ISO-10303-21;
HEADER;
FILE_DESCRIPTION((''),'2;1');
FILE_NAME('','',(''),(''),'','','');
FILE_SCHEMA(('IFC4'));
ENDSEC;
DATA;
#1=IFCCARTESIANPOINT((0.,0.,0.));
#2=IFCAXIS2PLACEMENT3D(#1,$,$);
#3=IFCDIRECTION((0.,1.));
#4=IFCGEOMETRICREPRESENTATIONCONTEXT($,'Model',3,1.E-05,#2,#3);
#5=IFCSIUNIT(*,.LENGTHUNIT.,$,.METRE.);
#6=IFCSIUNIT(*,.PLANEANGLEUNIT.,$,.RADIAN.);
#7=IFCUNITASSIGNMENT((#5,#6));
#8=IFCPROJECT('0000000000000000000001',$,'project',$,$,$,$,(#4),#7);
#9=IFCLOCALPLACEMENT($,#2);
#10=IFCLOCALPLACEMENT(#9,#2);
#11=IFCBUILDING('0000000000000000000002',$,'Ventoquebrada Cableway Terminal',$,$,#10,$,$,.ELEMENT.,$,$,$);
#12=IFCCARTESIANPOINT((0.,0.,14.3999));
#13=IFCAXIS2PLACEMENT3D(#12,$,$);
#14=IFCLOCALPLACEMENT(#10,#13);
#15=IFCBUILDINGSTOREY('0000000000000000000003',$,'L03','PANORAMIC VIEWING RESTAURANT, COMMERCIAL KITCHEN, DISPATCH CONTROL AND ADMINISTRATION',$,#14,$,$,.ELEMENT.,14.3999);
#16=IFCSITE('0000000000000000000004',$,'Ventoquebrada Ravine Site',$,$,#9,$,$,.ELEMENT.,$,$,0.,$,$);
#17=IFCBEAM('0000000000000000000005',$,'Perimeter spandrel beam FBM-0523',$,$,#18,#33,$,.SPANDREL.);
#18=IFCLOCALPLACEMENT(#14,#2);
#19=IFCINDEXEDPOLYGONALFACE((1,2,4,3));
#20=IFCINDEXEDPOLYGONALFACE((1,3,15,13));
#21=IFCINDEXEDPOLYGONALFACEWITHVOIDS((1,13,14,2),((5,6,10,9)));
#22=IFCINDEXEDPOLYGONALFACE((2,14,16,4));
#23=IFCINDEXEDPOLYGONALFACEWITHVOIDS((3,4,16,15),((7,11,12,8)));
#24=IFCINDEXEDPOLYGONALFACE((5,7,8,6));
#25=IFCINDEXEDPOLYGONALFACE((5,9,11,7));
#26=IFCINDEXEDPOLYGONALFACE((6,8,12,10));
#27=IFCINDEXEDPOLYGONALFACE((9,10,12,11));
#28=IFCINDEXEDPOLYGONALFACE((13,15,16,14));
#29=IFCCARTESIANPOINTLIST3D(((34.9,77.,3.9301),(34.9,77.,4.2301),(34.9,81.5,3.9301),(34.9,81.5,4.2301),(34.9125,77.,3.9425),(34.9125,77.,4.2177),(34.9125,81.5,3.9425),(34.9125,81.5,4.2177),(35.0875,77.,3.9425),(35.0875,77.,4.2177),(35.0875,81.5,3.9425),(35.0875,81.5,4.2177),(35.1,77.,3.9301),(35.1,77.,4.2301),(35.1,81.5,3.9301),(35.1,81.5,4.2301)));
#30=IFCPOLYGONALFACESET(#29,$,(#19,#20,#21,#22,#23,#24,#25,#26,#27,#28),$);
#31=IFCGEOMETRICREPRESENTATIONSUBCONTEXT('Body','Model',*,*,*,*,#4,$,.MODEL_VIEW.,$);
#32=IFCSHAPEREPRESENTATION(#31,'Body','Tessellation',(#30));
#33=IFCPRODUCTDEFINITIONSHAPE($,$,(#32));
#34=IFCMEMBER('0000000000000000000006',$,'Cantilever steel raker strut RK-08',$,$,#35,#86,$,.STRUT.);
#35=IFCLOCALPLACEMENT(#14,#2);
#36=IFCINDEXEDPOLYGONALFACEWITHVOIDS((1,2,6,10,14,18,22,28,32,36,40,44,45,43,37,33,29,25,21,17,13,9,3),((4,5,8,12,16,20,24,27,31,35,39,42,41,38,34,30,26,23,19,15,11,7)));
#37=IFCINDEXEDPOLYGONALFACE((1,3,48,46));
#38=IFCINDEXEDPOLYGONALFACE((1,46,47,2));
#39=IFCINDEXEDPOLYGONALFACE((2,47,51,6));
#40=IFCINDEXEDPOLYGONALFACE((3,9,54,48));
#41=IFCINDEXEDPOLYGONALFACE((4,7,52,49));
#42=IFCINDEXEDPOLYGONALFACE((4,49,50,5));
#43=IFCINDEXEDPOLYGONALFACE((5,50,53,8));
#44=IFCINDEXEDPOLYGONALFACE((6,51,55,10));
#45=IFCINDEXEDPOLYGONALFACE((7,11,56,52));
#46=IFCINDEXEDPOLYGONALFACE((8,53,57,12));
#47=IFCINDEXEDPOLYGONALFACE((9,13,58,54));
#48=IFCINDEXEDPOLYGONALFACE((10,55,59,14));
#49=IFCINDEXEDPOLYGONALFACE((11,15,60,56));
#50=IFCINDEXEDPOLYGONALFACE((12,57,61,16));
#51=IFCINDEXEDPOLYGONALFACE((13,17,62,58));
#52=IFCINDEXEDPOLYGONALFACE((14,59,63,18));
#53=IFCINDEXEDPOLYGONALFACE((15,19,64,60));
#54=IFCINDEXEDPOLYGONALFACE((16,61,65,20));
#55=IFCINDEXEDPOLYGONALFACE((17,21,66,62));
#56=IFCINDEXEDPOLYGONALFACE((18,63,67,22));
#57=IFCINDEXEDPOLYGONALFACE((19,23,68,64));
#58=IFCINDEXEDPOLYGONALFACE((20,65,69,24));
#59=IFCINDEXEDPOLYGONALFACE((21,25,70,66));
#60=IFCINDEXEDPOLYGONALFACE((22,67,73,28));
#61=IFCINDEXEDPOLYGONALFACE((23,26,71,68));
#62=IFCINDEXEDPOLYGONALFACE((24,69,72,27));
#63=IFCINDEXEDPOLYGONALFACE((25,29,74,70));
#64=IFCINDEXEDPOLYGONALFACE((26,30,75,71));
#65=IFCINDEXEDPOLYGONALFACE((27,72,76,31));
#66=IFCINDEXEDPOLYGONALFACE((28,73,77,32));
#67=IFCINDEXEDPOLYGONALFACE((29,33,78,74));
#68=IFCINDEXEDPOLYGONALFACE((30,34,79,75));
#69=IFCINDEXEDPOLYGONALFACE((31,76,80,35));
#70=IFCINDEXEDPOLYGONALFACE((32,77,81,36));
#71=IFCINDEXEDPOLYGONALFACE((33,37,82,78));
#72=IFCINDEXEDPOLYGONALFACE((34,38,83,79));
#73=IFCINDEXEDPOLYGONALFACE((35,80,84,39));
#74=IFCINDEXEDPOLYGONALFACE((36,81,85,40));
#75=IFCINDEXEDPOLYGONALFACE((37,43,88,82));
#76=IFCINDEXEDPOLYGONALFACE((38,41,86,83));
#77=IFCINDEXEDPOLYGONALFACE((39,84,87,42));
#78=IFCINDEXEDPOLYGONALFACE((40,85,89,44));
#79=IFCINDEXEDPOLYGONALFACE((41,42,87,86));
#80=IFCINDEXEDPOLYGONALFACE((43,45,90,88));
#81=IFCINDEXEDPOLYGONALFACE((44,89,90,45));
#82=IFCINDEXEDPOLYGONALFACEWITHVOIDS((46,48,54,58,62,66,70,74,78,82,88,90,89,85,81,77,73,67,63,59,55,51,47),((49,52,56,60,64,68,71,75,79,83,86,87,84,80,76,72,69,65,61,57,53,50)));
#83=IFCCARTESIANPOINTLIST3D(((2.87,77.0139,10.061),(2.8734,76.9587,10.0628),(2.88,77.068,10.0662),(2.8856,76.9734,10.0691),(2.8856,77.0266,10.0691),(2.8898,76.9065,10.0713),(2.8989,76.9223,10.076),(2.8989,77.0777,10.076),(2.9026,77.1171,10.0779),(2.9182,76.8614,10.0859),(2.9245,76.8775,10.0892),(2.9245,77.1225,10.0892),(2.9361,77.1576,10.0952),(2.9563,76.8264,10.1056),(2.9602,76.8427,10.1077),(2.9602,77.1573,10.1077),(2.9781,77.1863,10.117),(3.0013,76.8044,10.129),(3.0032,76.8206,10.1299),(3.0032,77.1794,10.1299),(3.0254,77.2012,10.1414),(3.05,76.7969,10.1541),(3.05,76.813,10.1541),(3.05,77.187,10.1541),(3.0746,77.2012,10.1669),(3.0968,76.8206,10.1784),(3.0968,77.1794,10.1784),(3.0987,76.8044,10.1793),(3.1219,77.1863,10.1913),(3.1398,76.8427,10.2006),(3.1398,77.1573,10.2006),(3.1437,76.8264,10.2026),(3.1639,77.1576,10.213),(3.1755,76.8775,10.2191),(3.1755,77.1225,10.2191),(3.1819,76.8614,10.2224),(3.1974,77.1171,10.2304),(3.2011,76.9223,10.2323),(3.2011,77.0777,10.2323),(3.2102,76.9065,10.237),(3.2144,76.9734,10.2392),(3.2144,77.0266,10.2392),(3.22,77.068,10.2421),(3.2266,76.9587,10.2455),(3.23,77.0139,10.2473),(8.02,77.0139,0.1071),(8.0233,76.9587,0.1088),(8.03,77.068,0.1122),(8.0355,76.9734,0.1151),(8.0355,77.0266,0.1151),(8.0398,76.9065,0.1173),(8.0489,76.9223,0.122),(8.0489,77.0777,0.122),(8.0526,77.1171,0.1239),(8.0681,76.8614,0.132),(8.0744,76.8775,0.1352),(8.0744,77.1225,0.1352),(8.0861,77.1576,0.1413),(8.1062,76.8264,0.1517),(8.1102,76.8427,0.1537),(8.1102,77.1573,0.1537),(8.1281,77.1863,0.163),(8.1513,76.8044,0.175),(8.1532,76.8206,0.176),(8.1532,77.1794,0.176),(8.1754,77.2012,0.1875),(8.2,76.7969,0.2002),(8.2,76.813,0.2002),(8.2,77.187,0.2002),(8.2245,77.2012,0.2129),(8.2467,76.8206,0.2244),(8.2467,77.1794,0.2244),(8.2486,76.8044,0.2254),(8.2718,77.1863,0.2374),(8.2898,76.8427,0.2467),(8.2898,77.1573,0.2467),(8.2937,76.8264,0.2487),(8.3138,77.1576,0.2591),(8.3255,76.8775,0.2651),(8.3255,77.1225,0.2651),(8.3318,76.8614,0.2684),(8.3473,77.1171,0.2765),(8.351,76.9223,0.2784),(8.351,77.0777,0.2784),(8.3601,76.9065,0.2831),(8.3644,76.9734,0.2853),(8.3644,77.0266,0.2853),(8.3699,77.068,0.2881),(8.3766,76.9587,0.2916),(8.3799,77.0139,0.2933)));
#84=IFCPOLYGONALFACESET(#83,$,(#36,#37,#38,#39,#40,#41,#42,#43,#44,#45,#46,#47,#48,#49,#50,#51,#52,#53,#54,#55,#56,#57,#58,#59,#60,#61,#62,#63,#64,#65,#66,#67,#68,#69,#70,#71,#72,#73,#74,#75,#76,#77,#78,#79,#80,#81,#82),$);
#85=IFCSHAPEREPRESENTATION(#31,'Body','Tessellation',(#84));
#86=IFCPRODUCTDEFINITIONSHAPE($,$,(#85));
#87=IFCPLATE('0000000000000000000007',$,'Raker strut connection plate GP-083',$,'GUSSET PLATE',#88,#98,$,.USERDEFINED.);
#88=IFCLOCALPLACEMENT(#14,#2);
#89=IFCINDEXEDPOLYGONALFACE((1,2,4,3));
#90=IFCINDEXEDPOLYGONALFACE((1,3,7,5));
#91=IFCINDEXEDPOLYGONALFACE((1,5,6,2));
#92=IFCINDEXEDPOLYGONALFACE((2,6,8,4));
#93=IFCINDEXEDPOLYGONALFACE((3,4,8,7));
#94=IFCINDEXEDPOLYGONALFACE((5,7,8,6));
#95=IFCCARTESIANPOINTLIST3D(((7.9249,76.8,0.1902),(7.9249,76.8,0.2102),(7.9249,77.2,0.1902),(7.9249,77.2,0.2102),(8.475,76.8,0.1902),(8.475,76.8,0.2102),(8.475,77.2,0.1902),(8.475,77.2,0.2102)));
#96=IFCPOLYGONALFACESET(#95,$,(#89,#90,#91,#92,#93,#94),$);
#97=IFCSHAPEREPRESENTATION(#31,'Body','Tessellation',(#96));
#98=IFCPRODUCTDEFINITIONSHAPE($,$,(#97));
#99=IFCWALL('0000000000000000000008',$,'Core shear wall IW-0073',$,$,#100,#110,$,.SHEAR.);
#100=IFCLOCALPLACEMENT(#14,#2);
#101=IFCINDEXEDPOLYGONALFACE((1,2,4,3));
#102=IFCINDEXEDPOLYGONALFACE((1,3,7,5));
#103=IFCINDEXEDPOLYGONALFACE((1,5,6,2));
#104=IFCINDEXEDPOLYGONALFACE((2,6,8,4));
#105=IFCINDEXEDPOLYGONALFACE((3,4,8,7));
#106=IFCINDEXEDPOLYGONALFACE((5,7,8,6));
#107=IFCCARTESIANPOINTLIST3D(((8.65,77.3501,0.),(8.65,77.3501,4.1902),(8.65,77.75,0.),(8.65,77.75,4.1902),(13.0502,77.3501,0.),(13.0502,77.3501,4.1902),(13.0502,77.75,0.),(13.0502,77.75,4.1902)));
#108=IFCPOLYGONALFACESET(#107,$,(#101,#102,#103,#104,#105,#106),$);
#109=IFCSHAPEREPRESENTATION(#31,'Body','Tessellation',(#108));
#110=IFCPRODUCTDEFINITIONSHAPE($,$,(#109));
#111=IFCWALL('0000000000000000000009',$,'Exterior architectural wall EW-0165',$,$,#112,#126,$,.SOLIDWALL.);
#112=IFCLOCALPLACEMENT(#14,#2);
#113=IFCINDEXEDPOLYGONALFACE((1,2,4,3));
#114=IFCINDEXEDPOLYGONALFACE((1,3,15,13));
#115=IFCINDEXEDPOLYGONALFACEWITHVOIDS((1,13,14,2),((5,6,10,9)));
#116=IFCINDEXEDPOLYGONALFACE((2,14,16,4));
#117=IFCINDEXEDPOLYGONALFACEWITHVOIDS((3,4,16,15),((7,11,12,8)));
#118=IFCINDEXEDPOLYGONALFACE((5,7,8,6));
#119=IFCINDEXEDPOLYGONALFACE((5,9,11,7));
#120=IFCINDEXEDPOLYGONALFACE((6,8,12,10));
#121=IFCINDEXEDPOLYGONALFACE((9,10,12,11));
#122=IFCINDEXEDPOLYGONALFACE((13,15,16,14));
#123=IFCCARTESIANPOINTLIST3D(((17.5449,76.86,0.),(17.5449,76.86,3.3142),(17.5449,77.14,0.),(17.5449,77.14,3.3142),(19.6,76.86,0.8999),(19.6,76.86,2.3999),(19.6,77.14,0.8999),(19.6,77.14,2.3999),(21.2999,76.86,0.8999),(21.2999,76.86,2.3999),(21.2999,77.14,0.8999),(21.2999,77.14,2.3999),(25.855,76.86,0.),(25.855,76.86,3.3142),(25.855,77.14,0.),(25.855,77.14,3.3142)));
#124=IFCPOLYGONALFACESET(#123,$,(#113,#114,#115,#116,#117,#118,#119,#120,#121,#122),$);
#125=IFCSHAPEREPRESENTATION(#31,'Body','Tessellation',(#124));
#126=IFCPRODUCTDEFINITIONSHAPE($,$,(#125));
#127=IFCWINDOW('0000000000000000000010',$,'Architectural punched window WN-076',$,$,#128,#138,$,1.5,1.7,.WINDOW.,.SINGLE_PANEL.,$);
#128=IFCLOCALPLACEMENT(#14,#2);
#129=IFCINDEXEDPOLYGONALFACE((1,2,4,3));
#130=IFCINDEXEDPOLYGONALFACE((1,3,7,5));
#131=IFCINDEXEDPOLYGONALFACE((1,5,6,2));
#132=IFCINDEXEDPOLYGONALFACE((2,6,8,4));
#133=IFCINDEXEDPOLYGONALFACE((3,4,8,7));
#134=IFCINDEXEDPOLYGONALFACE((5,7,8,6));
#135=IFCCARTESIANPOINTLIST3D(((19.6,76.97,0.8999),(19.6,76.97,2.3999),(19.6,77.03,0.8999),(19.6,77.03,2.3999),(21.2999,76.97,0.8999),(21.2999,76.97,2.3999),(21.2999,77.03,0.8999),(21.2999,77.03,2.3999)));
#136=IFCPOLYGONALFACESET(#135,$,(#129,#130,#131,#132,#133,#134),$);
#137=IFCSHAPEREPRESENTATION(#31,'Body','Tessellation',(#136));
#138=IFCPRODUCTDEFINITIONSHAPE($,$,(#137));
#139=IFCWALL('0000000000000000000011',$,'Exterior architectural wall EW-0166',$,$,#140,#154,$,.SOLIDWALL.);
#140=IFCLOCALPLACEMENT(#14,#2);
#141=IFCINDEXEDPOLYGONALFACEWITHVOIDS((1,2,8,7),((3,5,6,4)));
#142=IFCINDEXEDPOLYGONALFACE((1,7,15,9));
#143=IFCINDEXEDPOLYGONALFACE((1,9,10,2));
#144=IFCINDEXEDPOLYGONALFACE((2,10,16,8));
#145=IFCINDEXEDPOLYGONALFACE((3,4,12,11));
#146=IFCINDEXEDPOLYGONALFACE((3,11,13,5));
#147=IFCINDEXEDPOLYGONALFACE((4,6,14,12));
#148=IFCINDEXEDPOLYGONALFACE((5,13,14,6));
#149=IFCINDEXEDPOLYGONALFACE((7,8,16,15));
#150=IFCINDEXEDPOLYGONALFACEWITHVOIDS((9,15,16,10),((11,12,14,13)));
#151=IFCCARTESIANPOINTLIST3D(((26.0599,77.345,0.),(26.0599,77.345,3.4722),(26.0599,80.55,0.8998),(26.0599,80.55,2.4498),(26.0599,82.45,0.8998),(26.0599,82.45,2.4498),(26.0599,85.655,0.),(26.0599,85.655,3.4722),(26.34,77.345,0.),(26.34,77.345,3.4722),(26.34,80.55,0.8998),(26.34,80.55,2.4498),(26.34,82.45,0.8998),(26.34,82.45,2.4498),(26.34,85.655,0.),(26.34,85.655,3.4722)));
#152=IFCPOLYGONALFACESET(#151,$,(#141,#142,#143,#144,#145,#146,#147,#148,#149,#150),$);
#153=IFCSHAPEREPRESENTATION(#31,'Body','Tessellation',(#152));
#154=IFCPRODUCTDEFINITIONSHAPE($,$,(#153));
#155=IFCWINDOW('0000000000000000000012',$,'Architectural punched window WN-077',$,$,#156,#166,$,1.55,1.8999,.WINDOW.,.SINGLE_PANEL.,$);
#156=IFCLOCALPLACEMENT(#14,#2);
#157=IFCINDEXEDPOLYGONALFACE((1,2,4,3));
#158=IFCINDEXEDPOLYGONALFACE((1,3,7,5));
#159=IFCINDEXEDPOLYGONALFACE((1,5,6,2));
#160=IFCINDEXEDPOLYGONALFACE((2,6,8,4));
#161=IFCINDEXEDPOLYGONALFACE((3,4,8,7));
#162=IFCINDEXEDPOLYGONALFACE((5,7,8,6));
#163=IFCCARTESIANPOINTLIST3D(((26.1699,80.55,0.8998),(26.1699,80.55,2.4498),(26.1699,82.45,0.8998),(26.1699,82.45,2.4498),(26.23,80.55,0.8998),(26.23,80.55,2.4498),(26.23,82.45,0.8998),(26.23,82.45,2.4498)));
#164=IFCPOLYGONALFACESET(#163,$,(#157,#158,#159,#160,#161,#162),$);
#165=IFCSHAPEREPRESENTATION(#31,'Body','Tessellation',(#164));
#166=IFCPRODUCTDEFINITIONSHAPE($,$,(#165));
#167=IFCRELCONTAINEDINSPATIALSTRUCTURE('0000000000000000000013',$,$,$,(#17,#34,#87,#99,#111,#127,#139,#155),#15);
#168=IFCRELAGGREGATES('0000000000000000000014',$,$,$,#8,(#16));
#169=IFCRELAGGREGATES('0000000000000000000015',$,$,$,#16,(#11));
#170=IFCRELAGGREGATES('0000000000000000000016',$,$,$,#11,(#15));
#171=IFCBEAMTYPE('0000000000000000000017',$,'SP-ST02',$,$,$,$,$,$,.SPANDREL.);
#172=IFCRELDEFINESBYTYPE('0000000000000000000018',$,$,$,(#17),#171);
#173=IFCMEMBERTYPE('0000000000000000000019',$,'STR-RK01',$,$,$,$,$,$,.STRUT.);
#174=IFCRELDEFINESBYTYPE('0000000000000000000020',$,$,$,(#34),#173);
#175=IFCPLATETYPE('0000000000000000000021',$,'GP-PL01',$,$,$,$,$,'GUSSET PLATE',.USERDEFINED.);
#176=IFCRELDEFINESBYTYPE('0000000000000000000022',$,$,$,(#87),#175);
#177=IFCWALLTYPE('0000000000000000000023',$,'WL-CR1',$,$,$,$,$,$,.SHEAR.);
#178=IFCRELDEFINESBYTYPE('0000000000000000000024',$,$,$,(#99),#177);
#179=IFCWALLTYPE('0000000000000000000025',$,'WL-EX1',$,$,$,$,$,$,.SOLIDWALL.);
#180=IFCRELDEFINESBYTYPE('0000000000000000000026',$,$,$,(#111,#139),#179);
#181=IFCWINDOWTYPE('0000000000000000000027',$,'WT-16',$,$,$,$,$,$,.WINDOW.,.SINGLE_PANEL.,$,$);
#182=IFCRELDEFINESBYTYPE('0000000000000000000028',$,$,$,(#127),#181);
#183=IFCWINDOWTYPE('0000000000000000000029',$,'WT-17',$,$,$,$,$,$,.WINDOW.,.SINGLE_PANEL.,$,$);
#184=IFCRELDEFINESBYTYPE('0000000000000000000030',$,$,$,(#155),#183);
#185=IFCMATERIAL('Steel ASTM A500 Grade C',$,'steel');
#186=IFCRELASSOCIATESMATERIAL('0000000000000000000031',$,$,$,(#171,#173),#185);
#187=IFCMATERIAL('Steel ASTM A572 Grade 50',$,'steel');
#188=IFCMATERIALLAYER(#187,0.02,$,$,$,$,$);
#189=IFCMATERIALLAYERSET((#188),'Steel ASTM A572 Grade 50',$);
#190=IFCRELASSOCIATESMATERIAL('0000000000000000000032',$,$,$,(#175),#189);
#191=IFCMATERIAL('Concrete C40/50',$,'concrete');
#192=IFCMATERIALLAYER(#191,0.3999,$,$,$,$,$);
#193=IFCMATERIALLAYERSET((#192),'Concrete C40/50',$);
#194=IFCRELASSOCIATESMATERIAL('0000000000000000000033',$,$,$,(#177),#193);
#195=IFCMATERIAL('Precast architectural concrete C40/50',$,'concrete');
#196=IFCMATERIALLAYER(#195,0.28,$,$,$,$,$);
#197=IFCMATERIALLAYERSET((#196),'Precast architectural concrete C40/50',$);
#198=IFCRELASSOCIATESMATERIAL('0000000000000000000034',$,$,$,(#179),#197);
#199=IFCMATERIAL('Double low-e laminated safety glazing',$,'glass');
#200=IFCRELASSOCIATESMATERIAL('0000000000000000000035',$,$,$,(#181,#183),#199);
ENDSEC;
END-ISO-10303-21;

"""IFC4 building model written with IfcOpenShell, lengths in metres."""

from ifc_helpers import new_model, si_unit, direction, frame, frame_2d, origin, origin_2d, place, context, subcontext, project, spatial, rectangle, hollow_rectangle, hollow_circle, extrude, material, layer, layer_set, material_profile, profile_set, type_object, element, fill, save


model = new_model("IFC4")

# Units and contexts
model_context = context("Model", 3, precision=1e-05, world=origin(), true_north=direction((0.0, 1.0)))
body_context = subcontext(model_context, "Body", "Model", "MODEL_VIEW")
ifc_project = project(units=[si_unit("LENGTHUNIT", "METRE"), si_unit("PLANEANGLEUNIT", "RADIAN")], contexts=[model_context])

# Site, building, storey
site_placement = place(None, origin())
site = spatial("IfcSite", under=ifc_project, at=site_placement, Name="Ventoquebrada Ravine Site", CompositionType="ELEMENT", RefElevation=0.0)
building_placement = place(site_placement, origin())
building = spatial("IfcBuilding", under=site, at=building_placement, Name="Ventoquebrada Cableway Terminal", CompositionType="ELEMENT")
storey_placement = place(building_placement, frame((0.0, 0.0, 14.3999)))
storey = spatial("IfcBuildingStorey", under=building, at=storey_placement, Name="L03", Description="PANORAMIC VIEWING RESTAURANT, COMMERCIAL KITCHEN, DISPATCH CONTROL AND ADMINISTRATION", CompositionType="ELEMENT", Elevation=14.3999)

# Shared definitions
ifc_material_1 = material(Name="Concrete C40/50", Category="concrete")

# Beam
ifc_material_2 = material(Name="Steel ASTM A500 Grade C", Category="steel")
ifc_material_profile_1 = material_profile(ifc_material_2, hollow_rectangle(XDim=0.2, YDim=0.3, WallThickness=0.0125, at=origin_2d()), Name="RHS300X200X12.5")
ifc_profile_set_1 = profile_set([ifc_material_profile_1], Name="Steel ASTM A500 Grade C")
beam_type_1 = type_object("IfcBeamType", Name="SP-ST02", PredefinedType="SPANDREL", material=ifc_profile_set_1)
for number, where, z_axis, x_axis, name in (
    (1, (35.0, 77.0, 4.0801), (0.0, 1.0, 0.0), (-1.0, 0.0, 0.0), "Perimeter spandrel beam FBM-0523"),
):
    element("IfcBeam", number, at=place(storey_placement, frame(where, z_axis=z_axis, x_axis=x_axis)), inside=storey, type_object=beam_type_1, Name=name, PredefinedType="SPANDREL", context=body_context, shape_type="SweptSolid", body=[
        extrude(hollow_rectangle(XDim=0.2, YDim=0.3, WallThickness=0.0125, at=origin_2d()), origin(), (0.0, 0.0, 1.0), 4.5),
    ])

# Member
ifc_material_profile_2 = material_profile(ifc_material_2, hollow_circle(Radius=0.2031, WallThickness=0.0161, at=origin_2d()), Name="CHS406.4X16")
ifc_profile_set_2 = profile_set([ifc_material_profile_2], Name="Steel ASTM A500 Grade C")
member_type_1 = type_object("IfcMemberType", Name="STR-RK01", PredefinedType="STRUT", material=ifc_profile_set_2)
member_1_placement = place(storey_placement, frame((8.2, 77.0, 0.2002), z_axis=(-0.459518, 0.0, 0.888168), x_axis=(0.0, -1.0, 0.0)))
element("IfcMember", 2, at=member_1_placement, inside=storey, type_object=member_type_1, Name="Cantilever steel raker strut RK-08", PredefinedType="STRUT", context=body_context, shape_type="SweptSolid", body=[
    extrude(hollow_circle(Radius=0.2031, WallThickness=0.0161, at=origin_2d()), origin(), (0.0, 0.0, 1.0), 11.2073),
])

# Plate
ifc_material_3 = material(Name="Steel ASTM A572 Grade 50", Category="steel")
ifc_layer_1 = layer(ifc_material_3, 0.02)
ifc_layer_set_1 = layer_set([ifc_layer_1], Name="Steel ASTM A572 Grade 50")
plate_type = type_object("IfcPlateType", Name="GP-PL01", ElementType="GUSSET PLATE", PredefinedType="USERDEFINED", material=ifc_layer_set_1)
plate_placement = place(storey_placement, frame((8.2, 77.0, 0.1902), z_axis=(0.0, 0.0, 1.0), x_axis=(1.0, 0.0, 0.0)))
element("IfcPlate", 3, at=plate_placement, inside=storey, type_object=plate_type, Name="Raker strut connection plate GP-083", ObjectType="GUSSET PLATE", PredefinedType="USERDEFINED", context=body_context, shape_type="SweptSolid", body=[
    extrude(rectangle(XDim=0.55, YDim=0.3999, at=origin_2d()), origin(), (0.0, 0.0, 1.0), 0.02),
])

# Wall
ifc_layer_2 = layer(ifc_material_1, 0.3999)
ifc_layer_set_2 = layer_set([ifc_layer_2], Name="Concrete C40/50")
wall_type_1 = type_object("IfcWallType", Name="WL-CR1", PredefinedType="SHEAR", material=ifc_layer_set_2)
wall_1_placement = place(storey_placement, frame((8.6499, 77.55, 0.0), z_axis=(0.0, 0.0, 1.0), x_axis=(1.0, 0.0, 0.0)))
element("IfcWall", 4, at=wall_1_placement, inside=storey, type_object=wall_type_1, Name="Core shear wall IW-0073", PredefinedType="SHEAR", context=body_context, shape_type="SweptSolid", body=[
    extrude(rectangle(XDim=4.4001, YDim=0.3999, at=frame_2d((2.2002, 0.0))), origin(), (0.0, 0.0, 1.0), 4.1902),
])

# Walls, openings, windows
ifc_material_4 = material(Name="Precast architectural concrete C40/50", Category="concrete")
ifc_layer_3 = layer(ifc_material_4, 0.28)
ifc_layer_set_3 = layer_set([ifc_layer_3], Name="Precast architectural concrete C40/50")
wall_type_2 = type_object("IfcWallType", Name="WL-EX1", PredefinedType="SOLIDWALL", material=ifc_layer_set_3)
wall_2_placement = place(storey_placement, frame((17.5449, 77.0, 0.0), z_axis=(0.0, 0.0, 1.0), x_axis=(1.0, 0.0, 0.0)))
wall_2 = element("IfcWall", 5, at=wall_2_placement, inside=storey, type_object=wall_type_2, Name="Exterior architectural wall EW-0165", PredefinedType="SOLIDWALL", context=body_context, shape_type="SweptSolid", body=[
    extrude(rectangle(XDim=8.3101, YDim=0.28, at=frame_2d((4.155, 0.0))), origin(), (0.0, 0.0, 1.0), 3.3142),
])
opening_1_placement = place(wall_2_placement, frame((2.0549, 0.0, 0.8999)))
opening_1 = element("IfcOpeningElement", 6, at=opening_1_placement, cuts=wall_2, PredefinedType="OPENING", context=body_context, shape_type="SweptSolid", body=[
    extrude(rectangle(XDim=1.7, YDim=1.5, at=frame_2d((0.8501, 0.75))), frame((0.0, 0.1499, 0.0), z_axis=(0.0, -1.0, 0.0), x_axis=(1.0, 0.0, 0.0)), (0.0, 0.0, 1.0), 0.3),
])
ifc_material_5 = material(Name="Double low-e laminated safety glazing", Category="glass")
window_type_1 = type_object("IfcWindowType", Name="WT-16", PartitioningType="SINGLE_PANEL", PredefinedType="WINDOW", material=ifc_material_5)
window_1_placement = place(opening_1_placement, origin())
window_1 = element("IfcWindow", 7, at=window_1_placement, inside=storey, type_object=window_type_1, Name="Architectural punched window WN-076", OverallHeight=1.5, OverallWidth=1.7, PartitioningType="SINGLE_PANEL", PredefinedType="WINDOW", context=body_context, shape_type="SweptSolid", body=[
    extrude(rectangle(XDim=1.7, YDim=1.5, at=frame_2d((0.8501, 0.75))), frame((0.0, 0.03, 0.0), z_axis=(0.0, -1.0, 0.0), x_axis=(1.0, 0.0, 0.0)), (0.0, 0.0, 1.0), 0.0601),
])
fill(opening_1, window_1)
wall_3_placement = place(storey_placement, frame((26.2, 77.345, 0.0), z_axis=(0.0, 0.0, 1.0), x_axis=(0.0, 1.0, 0.0)))
wall_3 = element("IfcWall", 8, at=wall_3_placement, inside=storey, type_object=wall_type_2, Name="Exterior architectural wall EW-0166", PredefinedType="SOLIDWALL", context=body_context, shape_type="SweptSolid", body=[
    extrude(rectangle(XDim=8.3101, YDim=0.28, at=frame_2d((4.155, 0.0))), origin(), (0.0, 0.0, 1.0), 3.4722),
])
opening_2_placement = place(wall_3_placement, frame((3.2051, 0.0, 0.8999)))
opening_2 = element("IfcOpeningElement", 9, at=opening_2_placement, cuts=wall_3, PredefinedType="OPENING", context=body_context, shape_type="SweptSolid", body=[
    extrude(rectangle(XDim=1.8999, YDim=1.55, at=frame_2d((0.95, 0.7749))), frame((0.0, 0.1499, 0.0), z_axis=(0.0, -1.0, 0.0), x_axis=(1.0, 0.0, 0.0)), (0.0, 0.0, 1.0), 0.3),
])
window_type_2 = type_object("IfcWindowType", Name="WT-17", PartitioningType="SINGLE_PANEL", PredefinedType="WINDOW", material=ifc_material_5)
window_2_placement = place(opening_2_placement, origin())
window_2 = element("IfcWindow", 10, at=window_2_placement, inside=storey, type_object=window_type_2, Name="Architectural punched window WN-077", OverallHeight=1.55, OverallWidth=1.8999, PartitioningType="SINGLE_PANEL", PredefinedType="WINDOW", context=body_context, shape_type="SweptSolid", body=[
    extrude(rectangle(XDim=1.8999, YDim=1.55, at=frame_2d((0.95, 0.7749))), frame((0.0, 0.03, 0.0), z_axis=(0.0, -1.0, 0.0), x_axis=(1.0, 0.0, 0.0)), (0.0, 0.0, 1.0), 0.0601),
])
fill(opening_2, window_2)

save(model, "model.ifc")
